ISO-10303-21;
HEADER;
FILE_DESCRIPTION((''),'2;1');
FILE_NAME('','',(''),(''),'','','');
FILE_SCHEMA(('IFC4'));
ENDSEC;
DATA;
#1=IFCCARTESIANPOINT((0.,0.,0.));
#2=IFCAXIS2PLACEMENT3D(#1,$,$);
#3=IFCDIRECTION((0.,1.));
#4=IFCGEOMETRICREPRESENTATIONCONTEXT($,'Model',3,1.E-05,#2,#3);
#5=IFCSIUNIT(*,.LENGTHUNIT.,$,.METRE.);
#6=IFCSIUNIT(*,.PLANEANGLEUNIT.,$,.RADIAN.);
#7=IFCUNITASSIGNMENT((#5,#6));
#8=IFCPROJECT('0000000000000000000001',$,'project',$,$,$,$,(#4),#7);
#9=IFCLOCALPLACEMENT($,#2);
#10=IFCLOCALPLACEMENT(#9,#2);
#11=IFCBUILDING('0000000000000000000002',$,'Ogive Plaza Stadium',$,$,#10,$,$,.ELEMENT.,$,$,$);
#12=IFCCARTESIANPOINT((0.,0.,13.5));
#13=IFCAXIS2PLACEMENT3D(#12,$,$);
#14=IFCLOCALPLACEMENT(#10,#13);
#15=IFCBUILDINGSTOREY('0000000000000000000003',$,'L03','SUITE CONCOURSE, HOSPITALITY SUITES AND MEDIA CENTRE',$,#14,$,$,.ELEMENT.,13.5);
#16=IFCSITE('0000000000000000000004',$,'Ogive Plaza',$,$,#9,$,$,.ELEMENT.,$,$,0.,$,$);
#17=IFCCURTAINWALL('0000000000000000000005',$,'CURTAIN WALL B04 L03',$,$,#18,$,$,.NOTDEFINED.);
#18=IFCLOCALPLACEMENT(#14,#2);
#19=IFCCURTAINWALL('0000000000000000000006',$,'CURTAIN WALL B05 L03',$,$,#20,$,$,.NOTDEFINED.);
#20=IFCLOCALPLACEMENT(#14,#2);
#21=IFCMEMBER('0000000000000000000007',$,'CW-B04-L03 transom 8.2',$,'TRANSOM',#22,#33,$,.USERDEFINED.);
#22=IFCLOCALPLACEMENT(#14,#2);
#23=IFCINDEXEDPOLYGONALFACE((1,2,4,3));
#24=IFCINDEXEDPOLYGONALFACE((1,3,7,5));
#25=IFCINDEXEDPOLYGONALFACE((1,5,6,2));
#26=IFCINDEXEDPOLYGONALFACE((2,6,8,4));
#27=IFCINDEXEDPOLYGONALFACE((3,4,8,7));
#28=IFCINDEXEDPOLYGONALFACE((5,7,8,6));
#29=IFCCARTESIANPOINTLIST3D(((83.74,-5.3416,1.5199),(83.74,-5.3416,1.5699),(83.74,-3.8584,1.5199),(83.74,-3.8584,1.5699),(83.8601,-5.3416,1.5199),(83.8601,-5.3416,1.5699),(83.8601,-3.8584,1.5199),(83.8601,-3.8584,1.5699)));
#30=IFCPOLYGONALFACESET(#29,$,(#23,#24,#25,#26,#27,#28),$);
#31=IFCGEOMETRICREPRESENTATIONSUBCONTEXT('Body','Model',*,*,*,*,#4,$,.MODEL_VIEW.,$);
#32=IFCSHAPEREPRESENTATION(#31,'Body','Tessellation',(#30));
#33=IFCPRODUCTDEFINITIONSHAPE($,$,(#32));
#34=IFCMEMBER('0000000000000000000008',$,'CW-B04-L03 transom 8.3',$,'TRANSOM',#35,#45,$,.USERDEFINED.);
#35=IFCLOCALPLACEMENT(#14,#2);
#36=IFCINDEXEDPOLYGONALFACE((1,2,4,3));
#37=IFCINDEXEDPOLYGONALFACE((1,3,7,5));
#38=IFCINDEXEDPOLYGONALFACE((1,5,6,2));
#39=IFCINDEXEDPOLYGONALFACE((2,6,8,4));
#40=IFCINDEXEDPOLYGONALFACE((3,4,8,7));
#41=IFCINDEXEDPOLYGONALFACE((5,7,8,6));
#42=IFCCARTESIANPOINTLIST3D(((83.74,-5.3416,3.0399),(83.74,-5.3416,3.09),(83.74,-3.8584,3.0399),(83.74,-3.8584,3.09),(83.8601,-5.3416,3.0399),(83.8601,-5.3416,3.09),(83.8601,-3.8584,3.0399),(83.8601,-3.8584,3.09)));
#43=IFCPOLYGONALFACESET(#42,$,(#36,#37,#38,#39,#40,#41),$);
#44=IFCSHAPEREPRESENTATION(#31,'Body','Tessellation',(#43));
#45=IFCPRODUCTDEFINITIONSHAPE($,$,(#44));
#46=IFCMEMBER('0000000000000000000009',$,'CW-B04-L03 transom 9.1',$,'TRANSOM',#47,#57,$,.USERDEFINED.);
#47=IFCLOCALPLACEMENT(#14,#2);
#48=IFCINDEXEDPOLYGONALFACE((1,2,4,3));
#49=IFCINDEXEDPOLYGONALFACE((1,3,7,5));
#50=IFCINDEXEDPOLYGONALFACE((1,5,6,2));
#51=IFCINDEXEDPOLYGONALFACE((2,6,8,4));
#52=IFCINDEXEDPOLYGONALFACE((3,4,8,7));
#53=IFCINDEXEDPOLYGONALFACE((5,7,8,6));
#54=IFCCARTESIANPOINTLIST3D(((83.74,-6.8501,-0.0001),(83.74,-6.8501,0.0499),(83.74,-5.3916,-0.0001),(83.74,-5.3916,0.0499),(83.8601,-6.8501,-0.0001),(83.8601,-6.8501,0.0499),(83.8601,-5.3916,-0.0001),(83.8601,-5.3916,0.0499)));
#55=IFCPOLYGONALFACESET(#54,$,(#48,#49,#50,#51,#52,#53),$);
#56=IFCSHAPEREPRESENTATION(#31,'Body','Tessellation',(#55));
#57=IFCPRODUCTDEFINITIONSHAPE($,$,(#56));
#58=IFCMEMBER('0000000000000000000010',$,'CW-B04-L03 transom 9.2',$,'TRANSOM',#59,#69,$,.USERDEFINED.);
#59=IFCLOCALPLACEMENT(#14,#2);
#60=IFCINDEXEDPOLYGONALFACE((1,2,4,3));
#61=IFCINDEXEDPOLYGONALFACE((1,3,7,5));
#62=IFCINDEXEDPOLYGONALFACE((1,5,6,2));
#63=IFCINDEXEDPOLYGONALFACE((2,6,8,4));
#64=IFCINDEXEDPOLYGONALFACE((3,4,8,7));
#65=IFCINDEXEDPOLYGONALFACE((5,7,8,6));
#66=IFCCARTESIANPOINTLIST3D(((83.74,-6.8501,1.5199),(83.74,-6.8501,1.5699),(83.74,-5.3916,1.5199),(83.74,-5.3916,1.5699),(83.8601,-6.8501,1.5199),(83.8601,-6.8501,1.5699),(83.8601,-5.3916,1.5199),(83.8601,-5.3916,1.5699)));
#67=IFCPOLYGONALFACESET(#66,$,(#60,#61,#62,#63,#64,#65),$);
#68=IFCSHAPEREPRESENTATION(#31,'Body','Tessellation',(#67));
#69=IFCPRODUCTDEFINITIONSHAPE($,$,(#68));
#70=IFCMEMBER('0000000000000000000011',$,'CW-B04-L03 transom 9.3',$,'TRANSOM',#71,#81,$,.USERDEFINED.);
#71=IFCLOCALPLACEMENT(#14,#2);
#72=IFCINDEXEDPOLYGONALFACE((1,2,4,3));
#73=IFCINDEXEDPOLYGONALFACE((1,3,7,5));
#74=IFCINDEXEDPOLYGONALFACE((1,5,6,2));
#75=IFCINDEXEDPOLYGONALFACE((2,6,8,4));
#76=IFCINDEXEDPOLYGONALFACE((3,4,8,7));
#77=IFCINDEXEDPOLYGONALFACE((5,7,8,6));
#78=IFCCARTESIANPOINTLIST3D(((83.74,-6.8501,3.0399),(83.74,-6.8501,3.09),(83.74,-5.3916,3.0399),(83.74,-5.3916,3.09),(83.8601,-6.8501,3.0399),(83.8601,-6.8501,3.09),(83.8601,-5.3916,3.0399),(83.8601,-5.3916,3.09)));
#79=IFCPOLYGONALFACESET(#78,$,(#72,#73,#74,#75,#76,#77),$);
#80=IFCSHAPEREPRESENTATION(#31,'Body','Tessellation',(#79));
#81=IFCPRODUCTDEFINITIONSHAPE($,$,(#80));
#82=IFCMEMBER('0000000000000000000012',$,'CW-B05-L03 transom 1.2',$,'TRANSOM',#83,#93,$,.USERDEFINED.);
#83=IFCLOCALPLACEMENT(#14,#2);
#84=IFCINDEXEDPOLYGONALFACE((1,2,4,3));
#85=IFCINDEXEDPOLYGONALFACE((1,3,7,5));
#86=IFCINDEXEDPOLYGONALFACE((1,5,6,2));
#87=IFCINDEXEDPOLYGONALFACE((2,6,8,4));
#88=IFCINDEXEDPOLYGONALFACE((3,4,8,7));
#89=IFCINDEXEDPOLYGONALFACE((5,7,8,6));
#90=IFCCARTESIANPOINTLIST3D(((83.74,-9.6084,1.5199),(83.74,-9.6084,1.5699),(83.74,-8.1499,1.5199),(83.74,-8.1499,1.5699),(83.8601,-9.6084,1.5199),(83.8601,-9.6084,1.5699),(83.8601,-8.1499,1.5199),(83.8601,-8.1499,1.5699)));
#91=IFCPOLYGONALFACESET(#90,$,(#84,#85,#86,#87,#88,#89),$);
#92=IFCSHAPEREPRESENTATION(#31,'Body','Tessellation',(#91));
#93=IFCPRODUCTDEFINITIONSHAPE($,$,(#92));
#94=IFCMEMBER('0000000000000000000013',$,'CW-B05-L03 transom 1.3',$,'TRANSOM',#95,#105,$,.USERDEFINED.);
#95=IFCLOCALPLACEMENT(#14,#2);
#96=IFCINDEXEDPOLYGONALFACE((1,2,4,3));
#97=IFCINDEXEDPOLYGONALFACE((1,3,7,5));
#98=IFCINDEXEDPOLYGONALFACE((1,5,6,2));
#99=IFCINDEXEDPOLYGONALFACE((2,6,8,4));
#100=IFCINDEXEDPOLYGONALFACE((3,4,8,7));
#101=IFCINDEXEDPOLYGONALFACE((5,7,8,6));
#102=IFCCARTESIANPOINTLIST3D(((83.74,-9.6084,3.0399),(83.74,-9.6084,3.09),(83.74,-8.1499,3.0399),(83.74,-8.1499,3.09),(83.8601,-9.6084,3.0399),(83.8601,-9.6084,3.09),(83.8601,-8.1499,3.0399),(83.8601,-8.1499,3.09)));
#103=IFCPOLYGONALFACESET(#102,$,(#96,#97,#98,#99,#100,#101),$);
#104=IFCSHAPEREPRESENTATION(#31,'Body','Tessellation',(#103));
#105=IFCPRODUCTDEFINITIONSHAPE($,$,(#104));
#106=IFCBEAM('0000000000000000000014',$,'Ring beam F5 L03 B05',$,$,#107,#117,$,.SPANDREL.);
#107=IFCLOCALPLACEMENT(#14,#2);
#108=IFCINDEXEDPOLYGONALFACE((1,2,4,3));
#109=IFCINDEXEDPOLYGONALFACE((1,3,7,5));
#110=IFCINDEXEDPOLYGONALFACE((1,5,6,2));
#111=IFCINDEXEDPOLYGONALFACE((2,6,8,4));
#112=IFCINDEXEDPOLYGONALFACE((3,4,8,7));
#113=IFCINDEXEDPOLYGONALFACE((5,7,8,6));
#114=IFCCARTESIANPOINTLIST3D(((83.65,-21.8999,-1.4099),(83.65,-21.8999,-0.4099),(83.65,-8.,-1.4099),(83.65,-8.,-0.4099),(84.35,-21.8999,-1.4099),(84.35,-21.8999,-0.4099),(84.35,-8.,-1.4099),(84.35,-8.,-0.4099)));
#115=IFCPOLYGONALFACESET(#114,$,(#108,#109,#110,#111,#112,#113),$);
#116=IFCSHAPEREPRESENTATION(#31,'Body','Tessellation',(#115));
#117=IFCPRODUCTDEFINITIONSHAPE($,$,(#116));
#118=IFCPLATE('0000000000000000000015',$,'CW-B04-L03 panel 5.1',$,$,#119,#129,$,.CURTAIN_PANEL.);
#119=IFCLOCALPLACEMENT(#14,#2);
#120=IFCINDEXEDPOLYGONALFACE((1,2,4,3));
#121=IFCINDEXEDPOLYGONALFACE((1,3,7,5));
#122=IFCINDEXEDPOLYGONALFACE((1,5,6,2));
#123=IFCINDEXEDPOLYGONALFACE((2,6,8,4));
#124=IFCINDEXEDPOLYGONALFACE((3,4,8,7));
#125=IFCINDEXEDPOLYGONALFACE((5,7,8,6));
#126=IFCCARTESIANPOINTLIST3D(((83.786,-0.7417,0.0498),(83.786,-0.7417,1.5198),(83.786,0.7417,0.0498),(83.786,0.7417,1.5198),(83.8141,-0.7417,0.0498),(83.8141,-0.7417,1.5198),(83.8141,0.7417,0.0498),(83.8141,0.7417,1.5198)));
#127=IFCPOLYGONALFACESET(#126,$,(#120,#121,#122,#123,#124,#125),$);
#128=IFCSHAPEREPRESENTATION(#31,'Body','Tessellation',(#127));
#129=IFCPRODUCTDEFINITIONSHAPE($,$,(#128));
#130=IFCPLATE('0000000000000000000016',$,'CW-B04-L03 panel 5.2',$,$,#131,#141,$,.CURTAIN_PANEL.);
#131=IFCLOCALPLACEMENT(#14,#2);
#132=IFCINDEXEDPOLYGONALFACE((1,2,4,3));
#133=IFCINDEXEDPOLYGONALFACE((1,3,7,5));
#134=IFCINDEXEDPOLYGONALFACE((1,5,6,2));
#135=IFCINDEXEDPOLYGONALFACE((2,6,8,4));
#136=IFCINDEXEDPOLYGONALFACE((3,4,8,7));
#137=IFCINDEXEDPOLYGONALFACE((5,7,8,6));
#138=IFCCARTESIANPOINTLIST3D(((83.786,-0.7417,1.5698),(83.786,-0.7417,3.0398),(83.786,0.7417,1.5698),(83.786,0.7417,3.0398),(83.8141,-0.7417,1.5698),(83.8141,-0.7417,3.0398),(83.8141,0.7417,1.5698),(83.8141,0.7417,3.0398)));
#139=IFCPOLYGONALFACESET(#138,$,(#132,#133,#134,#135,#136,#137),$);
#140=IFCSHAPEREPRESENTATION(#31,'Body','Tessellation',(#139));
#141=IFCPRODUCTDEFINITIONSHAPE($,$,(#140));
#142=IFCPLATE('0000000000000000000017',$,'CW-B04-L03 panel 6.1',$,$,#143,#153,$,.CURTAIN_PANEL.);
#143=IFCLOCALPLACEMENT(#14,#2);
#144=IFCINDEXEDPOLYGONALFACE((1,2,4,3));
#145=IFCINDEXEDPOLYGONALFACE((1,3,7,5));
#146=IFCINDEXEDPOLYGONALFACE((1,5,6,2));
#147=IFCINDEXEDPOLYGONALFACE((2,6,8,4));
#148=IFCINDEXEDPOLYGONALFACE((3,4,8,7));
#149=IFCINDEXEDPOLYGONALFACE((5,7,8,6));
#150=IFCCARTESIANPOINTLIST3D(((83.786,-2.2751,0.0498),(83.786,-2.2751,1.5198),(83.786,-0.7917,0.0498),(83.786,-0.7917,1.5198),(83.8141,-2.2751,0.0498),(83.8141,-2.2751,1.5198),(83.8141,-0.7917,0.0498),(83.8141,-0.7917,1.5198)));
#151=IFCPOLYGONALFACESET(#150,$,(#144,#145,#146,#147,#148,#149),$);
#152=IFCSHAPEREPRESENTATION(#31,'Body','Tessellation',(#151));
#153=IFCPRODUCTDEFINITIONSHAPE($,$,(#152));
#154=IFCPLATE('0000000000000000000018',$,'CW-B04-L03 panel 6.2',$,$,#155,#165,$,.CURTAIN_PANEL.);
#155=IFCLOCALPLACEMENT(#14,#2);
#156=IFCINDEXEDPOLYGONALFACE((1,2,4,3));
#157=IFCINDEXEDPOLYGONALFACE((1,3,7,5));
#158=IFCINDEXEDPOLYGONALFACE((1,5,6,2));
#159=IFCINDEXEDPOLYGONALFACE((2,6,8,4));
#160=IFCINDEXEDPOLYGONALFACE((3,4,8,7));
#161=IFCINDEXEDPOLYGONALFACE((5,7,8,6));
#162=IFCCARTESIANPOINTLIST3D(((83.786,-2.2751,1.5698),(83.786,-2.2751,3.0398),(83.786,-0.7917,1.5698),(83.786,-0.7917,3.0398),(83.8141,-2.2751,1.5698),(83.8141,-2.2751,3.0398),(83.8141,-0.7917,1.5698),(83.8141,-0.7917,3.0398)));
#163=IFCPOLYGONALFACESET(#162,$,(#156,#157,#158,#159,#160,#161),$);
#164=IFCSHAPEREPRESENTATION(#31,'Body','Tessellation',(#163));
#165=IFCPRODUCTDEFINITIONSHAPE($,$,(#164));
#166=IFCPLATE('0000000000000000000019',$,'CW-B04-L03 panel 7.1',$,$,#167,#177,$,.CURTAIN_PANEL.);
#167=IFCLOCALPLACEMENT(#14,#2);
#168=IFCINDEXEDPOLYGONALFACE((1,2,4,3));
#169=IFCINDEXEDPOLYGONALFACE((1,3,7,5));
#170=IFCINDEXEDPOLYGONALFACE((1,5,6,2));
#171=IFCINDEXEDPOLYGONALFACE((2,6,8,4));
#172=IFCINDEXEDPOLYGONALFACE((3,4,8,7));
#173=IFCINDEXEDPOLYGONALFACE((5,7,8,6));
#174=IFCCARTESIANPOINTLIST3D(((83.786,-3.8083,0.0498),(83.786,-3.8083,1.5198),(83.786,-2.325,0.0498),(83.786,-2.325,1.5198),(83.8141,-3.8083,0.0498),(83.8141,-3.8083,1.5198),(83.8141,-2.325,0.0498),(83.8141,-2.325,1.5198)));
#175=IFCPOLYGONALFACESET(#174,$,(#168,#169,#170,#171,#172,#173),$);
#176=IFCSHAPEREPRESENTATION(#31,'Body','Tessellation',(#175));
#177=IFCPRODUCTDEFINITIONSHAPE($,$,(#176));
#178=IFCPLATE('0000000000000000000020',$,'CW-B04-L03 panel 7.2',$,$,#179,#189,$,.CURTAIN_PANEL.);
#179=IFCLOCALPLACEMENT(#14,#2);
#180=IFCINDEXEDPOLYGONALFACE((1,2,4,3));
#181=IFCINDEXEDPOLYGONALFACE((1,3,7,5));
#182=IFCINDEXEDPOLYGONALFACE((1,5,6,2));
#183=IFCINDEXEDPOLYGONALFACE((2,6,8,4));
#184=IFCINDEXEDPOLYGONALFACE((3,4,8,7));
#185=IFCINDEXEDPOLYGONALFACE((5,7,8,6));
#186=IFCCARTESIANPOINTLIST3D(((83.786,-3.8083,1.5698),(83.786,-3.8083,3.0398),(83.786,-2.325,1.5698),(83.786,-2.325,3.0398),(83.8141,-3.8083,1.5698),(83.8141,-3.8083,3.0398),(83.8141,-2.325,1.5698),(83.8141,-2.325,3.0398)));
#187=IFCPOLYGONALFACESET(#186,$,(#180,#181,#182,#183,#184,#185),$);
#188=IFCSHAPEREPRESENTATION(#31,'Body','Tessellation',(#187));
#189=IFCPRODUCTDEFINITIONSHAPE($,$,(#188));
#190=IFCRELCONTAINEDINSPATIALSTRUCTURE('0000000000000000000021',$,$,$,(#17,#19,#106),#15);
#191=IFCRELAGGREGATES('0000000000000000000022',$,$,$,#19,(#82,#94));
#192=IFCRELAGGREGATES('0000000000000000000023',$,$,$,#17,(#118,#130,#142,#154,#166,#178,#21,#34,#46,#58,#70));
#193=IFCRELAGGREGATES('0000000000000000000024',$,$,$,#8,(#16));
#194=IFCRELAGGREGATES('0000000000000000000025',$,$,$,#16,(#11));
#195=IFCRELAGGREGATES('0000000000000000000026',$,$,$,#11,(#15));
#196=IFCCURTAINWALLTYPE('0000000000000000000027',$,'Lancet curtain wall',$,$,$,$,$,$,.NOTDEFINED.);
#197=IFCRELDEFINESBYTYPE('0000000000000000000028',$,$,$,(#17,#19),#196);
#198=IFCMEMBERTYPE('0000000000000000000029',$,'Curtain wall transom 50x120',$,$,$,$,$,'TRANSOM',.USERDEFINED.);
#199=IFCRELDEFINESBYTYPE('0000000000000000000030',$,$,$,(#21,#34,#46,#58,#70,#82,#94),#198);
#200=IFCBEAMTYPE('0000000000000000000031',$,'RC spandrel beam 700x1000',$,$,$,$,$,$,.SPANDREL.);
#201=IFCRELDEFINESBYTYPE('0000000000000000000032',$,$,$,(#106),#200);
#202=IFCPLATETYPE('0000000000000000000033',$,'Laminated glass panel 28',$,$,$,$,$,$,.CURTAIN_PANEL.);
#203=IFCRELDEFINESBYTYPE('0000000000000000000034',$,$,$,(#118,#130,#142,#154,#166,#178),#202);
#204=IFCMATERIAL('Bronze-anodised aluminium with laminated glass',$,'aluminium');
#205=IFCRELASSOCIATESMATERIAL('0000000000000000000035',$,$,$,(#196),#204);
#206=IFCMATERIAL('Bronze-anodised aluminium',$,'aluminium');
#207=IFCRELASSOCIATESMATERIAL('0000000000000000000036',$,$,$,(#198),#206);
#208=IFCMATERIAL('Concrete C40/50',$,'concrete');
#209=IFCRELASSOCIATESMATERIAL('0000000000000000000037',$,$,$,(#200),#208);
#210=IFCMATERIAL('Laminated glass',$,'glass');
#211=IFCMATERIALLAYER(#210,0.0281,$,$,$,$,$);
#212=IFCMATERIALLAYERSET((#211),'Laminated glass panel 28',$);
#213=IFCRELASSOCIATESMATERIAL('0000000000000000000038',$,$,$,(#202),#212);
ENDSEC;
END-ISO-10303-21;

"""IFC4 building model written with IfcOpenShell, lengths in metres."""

from ifc_helpers import new_model, si_unit, direction, frame, origin, origin_2d, place, context, subcontext, project, spatial, rectangle, extrude, material, layer, layer_set, material_profile, profile_set, type_object, element, aggregate, save


model = new_model("IFC4")

# Units and contexts
model_context = context("Model", 3, precision=1e-05, world=origin(), true_north=direction((0.0, 1.0)))
body_context = subcontext(model_context, "Body", "Model", "MODEL_VIEW")
ifc_project = project(units=[si_unit("LENGTHUNIT", "METRE"), si_unit("PLANEANGLEUNIT", "RADIAN")], contexts=[model_context])

# Site, building, storey
site_placement = place(None, origin())
site = spatial("IfcSite", under=ifc_project, at=site_placement, Name="Ogive Plaza", CompositionType="ELEMENT", RefElevation=0.0)
building_placement = place(site_placement, origin())
building = spatial("IfcBuilding", under=site, at=building_placement, Name="Ogive Plaza Stadium", CompositionType="ELEMENT")
storey_placement = place(building_placement, frame((0.0, 0.0, 13.5)))
storey = spatial("IfcBuildingStorey", under=building, at=storey_placement, Name="L03", Description="SUITE CONCOURSE, HOSPITALITY SUITES AND MEDIA CENTRE", CompositionType="ELEMENT", Elevation=13.5)

# Curtain wall
ifc_material_1 = material(Name="Bronze-anodised aluminium with laminated glass", Category="aluminium")
curtain_wall_type = type_object("IfcCurtainWallType", Name="Lancet curtain wall", PredefinedType="NOTDEFINED", material=ifc_material_1)
curtain_wall_1_placement = place(storey_placement, origin())
curtain_wall_1 = element("IfcCurtainWall", 1, at=curtain_wall_1_placement, inside=storey, type_object=curtain_wall_type, Name="CURTAIN WALL B04 L03", PredefinedType="NOTDEFINED")

# Curtain wall
curtain_wall_2_placement = place(storey_placement, origin())
curtain_wall_2 = element("IfcCurtainWall", 2, at=curtain_wall_2_placement, inside=storey, type_object=curtain_wall_type, Name="CURTAIN WALL B05 L03", PredefinedType="NOTDEFINED")

# Members
ifc_material_2 = material(Name="Bronze-anodised aluminium", Category="aluminium")
ifc_material_profile_1 = material_profile(ifc_material_2, rectangle(XDim=0.1201, YDim=0.05, at=origin_2d()), Name="AL 120x50")
ifc_profile_set_1 = profile_set([ifc_material_profile_1], Name="Bronze-anodised aluminium")
member_type_1 = type_object("IfcMemberType", Name="Curtain wall transom 50x120", ElementType="TRANSOM", PredefinedType="USERDEFINED", material=ifc_profile_set_1)
member_1_placement = place(storey_placement, frame((83.8, -3.8584, 1.5449), z_axis=(0.0, -1.0, 0.0), x_axis=(1.0, 0.0, 0.0)))
member_1 = element("IfcMember", 3, at=member_1_placement, type_object=member_type_1, Name="CW-B04-L03 transom 8.2", ObjectType="TRANSOM", PredefinedType="USERDEFINED", context=body_context, shape_type="SweptSolid", body=[
    extrude(rectangle(XDim=0.1201, YDim=0.05, at=origin_2d()), origin(), (0.0, 0.0, 1.0), 1.4832),
])
member_2_placement = place(storey_placement, frame((83.8, -3.8584, 3.0649), z_axis=(0.0, -1.0, 0.0), x_axis=(1.0, 0.0, 0.0)))
member_2 = element("IfcMember", 4, at=member_2_placement, type_object=member_type_1, Name="CW-B04-L03 transom 8.3", ObjectType="TRANSOM", PredefinedType="USERDEFINED", context=body_context, shape_type="SweptSolid", body=[
    extrude(rectangle(XDim=0.1201, YDim=0.05, at=origin_2d()), origin(), (0.0, 0.0, 1.0), 1.4832),
])
member_3_placement = place(storey_placement, frame((83.8, -5.3916, 0.0249), z_axis=(0.0, -1.0, 0.0), x_axis=(1.0, 0.0, 0.0)))
member_3 = element("IfcMember", 5, at=member_3_placement, type_object=member_type_1, Name="CW-B04-L03 transom 9.1", ObjectType="TRANSOM", PredefinedType="USERDEFINED", context=body_context, shape_type="SweptSolid", body=[
    extrude(rectangle(XDim=0.1201, YDim=0.05, at=origin_2d()), origin(), (0.0, 0.0, 1.0), 1.4585),
])
member_4_placement = place(storey_placement, frame((83.8, -5.3916, 1.5449), z_axis=(0.0, -1.0, 0.0), x_axis=(1.0, 0.0, 0.0)))
member_4 = element("IfcMember", 6, at=member_4_placement, type_object=member_type_1, Name="CW-B04-L03 transom 9.2", ObjectType="TRANSOM", PredefinedType="USERDEFINED", context=body_context, shape_type="SweptSolid", body=[
    extrude(rectangle(XDim=0.1201, YDim=0.05, at=origin_2d()), origin(), (0.0, 0.0, 1.0), 1.4585),
])
member_5_placement = place(storey_placement, frame((83.8, -5.3916, 3.0649), z_axis=(0.0, -1.0, 0.0), x_axis=(1.0, 0.0, 0.0)))
member_5 = element("IfcMember", 7, at=member_5_placement, type_object=member_type_1, Name="CW-B04-L03 transom 9.3", ObjectType="TRANSOM", PredefinedType="USERDEFINED", context=body_context, shape_type="SweptSolid", body=[
    extrude(rectangle(XDim=0.1201, YDim=0.05, at=origin_2d()), origin(), (0.0, 0.0, 1.0), 1.4585),
])
member_6_placement = place(storey_placement, frame((83.8, -8.1499, 1.5449), z_axis=(0.0, -1.0, 0.0), x_axis=(1.0, 0.0, 0.0)))
member_6 = element("IfcMember", 8, at=member_6_placement, type_object=member_type_1, Name="CW-B05-L03 transom 1.2", ObjectType="TRANSOM", PredefinedType="USERDEFINED", context=body_context, shape_type="SweptSolid", body=[
    extrude(rectangle(XDim=0.1201, YDim=0.05, at=origin_2d()), origin(), (0.0, 0.0, 1.0), 1.4585),
])
member_7_placement = place(storey_placement, frame((83.8, -8.1499, 3.0649), z_axis=(0.0, -1.0, 0.0), x_axis=(1.0, 0.0, 0.0)))
member_7 = element("IfcMember", 9, at=member_7_placement, type_object=member_type_1, Name="CW-B05-L03 transom 1.3", ObjectType="TRANSOM", PredefinedType="USERDEFINED", context=body_context, shape_type="SweptSolid", body=[
    extrude(rectangle(XDim=0.1201, YDim=0.05, at=origin_2d()), origin(), (0.0, 0.0, 1.0), 1.4585),
])
aggregate(curtain_wall_2, [member_6, member_7])

# Beam
ifc_material_3 = material(Name="Concrete C40/50", Category="concrete")
ifc_material_profile_2 = material_profile(ifc_material_3, rectangle(XDim=0.7, YDim=1.0, at=origin_2d()), Name="RC 700x1000")
ifc_profile_set_2 = profile_set([ifc_material_profile_2], Name="Concrete C40/50")
beam_type = type_object("IfcBeamType", Name="RC spandrel beam 700x1000", PredefinedType="SPANDREL", material=ifc_profile_set_2)
beam_placement = place(storey_placement, frame((84.0, -8.0, -0.9099), z_axis=(0.0, -1.0, 0.0), x_axis=(1.0, 0.0, 0.0)))
element("IfcBeam", 10, at=beam_placement, inside=storey, type_object=beam_type, Name="Ring beam F5 L03 B05", PredefinedType="SPANDREL", context=body_context, shape_type="SweptSolid", body=[
    extrude(rectangle(XDim=0.7, YDim=1.0, at=origin_2d()), origin(), (0.0, 0.0, 1.0), 13.8999),
])

# Plates
ifc_material_4 = material(Name="Laminated glass", Category="glass")
ifc_layer = layer(ifc_material_4, 0.0281)
ifc_layer_set = layer_set([ifc_layer], Name="Laminated glass panel 28")
plate_type = type_object("IfcPlateType", Name="Laminated glass panel 28", PredefinedType="CURTAIN_PANEL", material=ifc_layer_set)
plate_1_placement = place(storey_placement, frame((83.8, 0.0, 0.0498), z_axis=(0.0, 0.0, 1.0), x_axis=(0.0, -1.0, 0.0)))
plate_1 = element("IfcPlate", 11, at=plate_1_placement, type_object=plate_type, Name="CW-B04-L03 panel 5.1", PredefinedType="CURTAIN_PANEL", context=body_context, shape_type="SweptSolid", body=[
    extrude(rectangle(XDim=1.4834, YDim=0.0281, at=origin_2d()), origin(), (0.0, 0.0, 1.0), 1.47),
])
plate_2_placement = place(storey_placement, frame((83.8, 0.0, 1.5698), z_axis=(0.0, 0.0, 1.0), x_axis=(0.0, -1.0, 0.0)))
plate_2 = element("IfcPlate", 12, at=plate_2_placement, type_object=plate_type, Name="CW-B04-L03 panel 5.2", PredefinedType="CURTAIN_PANEL", context=body_context, shape_type="SweptSolid", body=[
    extrude(rectangle(XDim=1.4834, YDim=0.0281, at=origin_2d()), origin(), (0.0, 0.0, 1.0), 1.47),
])
plate_3_placement = place(storey_placement, frame((83.8, -1.5334, 0.0498), z_axis=(0.0, 0.0, 1.0), x_axis=(0.0, -1.0, 0.0)))
plate_3 = element("IfcPlate", 13, at=plate_3_placement, type_object=plate_type, Name="CW-B04-L03 panel 6.1", PredefinedType="CURTAIN_PANEL", context=body_context, shape_type="SweptSolid", body=[
    extrude(rectangle(XDim=1.4834, YDim=0.0281, at=origin_2d()), origin(), (0.0, 0.0, 1.0), 1.47),
])
plate_4_placement = place(storey_placement, frame((83.8, -1.5334, 1.5698), z_axis=(0.0, 0.0, 1.0), x_axis=(0.0, -1.0, 0.0)))
plate_4 = element("IfcPlate", 14, at=plate_4_placement, type_object=plate_type, Name="CW-B04-L03 panel 6.2", PredefinedType="CURTAIN_PANEL", context=body_context, shape_type="SweptSolid", body=[
    extrude(rectangle(XDim=1.4834, YDim=0.0281, at=origin_2d()), origin(), (0.0, 0.0, 1.0), 1.47),
])
plate_5_placement = place(storey_placement, frame((83.8, -3.0667, 0.0498), z_axis=(0.0, 0.0, 1.0), x_axis=(0.0, -1.0, 0.0)))
plate_5 = element("IfcPlate", 15, at=plate_5_placement, type_object=plate_type, Name="CW-B04-L03 panel 7.1", PredefinedType="CURTAIN_PANEL", context=body_context, shape_type="SweptSolid", body=[
    extrude(rectangle(XDim=1.4834, YDim=0.0281, at=origin_2d()), origin(), (0.0, 0.0, 1.0), 1.47),
])
plate_6_placement = place(storey_placement, frame((83.8, -3.0667, 1.5698), z_axis=(0.0, 0.0, 1.0), x_axis=(0.0, -1.0, 0.0)))
plate_6 = element("IfcPlate", 16, at=plate_6_placement, type_object=plate_type, Name="CW-B04-L03 panel 7.2", PredefinedType="CURTAIN_PANEL", context=body_context, shape_type="SweptSolid", body=[
    extrude(rectangle(XDim=1.4834, YDim=0.0281, at=origin_2d()), origin(), (0.0, 0.0, 1.0), 1.47),
])
aggregate(curtain_wall_1, [plate_1, plate_2, plate_3, plate_4, plate_5, plate_6, member_1, member_2, member_3, member_4, member_5])

save(model, "model.ifc")
